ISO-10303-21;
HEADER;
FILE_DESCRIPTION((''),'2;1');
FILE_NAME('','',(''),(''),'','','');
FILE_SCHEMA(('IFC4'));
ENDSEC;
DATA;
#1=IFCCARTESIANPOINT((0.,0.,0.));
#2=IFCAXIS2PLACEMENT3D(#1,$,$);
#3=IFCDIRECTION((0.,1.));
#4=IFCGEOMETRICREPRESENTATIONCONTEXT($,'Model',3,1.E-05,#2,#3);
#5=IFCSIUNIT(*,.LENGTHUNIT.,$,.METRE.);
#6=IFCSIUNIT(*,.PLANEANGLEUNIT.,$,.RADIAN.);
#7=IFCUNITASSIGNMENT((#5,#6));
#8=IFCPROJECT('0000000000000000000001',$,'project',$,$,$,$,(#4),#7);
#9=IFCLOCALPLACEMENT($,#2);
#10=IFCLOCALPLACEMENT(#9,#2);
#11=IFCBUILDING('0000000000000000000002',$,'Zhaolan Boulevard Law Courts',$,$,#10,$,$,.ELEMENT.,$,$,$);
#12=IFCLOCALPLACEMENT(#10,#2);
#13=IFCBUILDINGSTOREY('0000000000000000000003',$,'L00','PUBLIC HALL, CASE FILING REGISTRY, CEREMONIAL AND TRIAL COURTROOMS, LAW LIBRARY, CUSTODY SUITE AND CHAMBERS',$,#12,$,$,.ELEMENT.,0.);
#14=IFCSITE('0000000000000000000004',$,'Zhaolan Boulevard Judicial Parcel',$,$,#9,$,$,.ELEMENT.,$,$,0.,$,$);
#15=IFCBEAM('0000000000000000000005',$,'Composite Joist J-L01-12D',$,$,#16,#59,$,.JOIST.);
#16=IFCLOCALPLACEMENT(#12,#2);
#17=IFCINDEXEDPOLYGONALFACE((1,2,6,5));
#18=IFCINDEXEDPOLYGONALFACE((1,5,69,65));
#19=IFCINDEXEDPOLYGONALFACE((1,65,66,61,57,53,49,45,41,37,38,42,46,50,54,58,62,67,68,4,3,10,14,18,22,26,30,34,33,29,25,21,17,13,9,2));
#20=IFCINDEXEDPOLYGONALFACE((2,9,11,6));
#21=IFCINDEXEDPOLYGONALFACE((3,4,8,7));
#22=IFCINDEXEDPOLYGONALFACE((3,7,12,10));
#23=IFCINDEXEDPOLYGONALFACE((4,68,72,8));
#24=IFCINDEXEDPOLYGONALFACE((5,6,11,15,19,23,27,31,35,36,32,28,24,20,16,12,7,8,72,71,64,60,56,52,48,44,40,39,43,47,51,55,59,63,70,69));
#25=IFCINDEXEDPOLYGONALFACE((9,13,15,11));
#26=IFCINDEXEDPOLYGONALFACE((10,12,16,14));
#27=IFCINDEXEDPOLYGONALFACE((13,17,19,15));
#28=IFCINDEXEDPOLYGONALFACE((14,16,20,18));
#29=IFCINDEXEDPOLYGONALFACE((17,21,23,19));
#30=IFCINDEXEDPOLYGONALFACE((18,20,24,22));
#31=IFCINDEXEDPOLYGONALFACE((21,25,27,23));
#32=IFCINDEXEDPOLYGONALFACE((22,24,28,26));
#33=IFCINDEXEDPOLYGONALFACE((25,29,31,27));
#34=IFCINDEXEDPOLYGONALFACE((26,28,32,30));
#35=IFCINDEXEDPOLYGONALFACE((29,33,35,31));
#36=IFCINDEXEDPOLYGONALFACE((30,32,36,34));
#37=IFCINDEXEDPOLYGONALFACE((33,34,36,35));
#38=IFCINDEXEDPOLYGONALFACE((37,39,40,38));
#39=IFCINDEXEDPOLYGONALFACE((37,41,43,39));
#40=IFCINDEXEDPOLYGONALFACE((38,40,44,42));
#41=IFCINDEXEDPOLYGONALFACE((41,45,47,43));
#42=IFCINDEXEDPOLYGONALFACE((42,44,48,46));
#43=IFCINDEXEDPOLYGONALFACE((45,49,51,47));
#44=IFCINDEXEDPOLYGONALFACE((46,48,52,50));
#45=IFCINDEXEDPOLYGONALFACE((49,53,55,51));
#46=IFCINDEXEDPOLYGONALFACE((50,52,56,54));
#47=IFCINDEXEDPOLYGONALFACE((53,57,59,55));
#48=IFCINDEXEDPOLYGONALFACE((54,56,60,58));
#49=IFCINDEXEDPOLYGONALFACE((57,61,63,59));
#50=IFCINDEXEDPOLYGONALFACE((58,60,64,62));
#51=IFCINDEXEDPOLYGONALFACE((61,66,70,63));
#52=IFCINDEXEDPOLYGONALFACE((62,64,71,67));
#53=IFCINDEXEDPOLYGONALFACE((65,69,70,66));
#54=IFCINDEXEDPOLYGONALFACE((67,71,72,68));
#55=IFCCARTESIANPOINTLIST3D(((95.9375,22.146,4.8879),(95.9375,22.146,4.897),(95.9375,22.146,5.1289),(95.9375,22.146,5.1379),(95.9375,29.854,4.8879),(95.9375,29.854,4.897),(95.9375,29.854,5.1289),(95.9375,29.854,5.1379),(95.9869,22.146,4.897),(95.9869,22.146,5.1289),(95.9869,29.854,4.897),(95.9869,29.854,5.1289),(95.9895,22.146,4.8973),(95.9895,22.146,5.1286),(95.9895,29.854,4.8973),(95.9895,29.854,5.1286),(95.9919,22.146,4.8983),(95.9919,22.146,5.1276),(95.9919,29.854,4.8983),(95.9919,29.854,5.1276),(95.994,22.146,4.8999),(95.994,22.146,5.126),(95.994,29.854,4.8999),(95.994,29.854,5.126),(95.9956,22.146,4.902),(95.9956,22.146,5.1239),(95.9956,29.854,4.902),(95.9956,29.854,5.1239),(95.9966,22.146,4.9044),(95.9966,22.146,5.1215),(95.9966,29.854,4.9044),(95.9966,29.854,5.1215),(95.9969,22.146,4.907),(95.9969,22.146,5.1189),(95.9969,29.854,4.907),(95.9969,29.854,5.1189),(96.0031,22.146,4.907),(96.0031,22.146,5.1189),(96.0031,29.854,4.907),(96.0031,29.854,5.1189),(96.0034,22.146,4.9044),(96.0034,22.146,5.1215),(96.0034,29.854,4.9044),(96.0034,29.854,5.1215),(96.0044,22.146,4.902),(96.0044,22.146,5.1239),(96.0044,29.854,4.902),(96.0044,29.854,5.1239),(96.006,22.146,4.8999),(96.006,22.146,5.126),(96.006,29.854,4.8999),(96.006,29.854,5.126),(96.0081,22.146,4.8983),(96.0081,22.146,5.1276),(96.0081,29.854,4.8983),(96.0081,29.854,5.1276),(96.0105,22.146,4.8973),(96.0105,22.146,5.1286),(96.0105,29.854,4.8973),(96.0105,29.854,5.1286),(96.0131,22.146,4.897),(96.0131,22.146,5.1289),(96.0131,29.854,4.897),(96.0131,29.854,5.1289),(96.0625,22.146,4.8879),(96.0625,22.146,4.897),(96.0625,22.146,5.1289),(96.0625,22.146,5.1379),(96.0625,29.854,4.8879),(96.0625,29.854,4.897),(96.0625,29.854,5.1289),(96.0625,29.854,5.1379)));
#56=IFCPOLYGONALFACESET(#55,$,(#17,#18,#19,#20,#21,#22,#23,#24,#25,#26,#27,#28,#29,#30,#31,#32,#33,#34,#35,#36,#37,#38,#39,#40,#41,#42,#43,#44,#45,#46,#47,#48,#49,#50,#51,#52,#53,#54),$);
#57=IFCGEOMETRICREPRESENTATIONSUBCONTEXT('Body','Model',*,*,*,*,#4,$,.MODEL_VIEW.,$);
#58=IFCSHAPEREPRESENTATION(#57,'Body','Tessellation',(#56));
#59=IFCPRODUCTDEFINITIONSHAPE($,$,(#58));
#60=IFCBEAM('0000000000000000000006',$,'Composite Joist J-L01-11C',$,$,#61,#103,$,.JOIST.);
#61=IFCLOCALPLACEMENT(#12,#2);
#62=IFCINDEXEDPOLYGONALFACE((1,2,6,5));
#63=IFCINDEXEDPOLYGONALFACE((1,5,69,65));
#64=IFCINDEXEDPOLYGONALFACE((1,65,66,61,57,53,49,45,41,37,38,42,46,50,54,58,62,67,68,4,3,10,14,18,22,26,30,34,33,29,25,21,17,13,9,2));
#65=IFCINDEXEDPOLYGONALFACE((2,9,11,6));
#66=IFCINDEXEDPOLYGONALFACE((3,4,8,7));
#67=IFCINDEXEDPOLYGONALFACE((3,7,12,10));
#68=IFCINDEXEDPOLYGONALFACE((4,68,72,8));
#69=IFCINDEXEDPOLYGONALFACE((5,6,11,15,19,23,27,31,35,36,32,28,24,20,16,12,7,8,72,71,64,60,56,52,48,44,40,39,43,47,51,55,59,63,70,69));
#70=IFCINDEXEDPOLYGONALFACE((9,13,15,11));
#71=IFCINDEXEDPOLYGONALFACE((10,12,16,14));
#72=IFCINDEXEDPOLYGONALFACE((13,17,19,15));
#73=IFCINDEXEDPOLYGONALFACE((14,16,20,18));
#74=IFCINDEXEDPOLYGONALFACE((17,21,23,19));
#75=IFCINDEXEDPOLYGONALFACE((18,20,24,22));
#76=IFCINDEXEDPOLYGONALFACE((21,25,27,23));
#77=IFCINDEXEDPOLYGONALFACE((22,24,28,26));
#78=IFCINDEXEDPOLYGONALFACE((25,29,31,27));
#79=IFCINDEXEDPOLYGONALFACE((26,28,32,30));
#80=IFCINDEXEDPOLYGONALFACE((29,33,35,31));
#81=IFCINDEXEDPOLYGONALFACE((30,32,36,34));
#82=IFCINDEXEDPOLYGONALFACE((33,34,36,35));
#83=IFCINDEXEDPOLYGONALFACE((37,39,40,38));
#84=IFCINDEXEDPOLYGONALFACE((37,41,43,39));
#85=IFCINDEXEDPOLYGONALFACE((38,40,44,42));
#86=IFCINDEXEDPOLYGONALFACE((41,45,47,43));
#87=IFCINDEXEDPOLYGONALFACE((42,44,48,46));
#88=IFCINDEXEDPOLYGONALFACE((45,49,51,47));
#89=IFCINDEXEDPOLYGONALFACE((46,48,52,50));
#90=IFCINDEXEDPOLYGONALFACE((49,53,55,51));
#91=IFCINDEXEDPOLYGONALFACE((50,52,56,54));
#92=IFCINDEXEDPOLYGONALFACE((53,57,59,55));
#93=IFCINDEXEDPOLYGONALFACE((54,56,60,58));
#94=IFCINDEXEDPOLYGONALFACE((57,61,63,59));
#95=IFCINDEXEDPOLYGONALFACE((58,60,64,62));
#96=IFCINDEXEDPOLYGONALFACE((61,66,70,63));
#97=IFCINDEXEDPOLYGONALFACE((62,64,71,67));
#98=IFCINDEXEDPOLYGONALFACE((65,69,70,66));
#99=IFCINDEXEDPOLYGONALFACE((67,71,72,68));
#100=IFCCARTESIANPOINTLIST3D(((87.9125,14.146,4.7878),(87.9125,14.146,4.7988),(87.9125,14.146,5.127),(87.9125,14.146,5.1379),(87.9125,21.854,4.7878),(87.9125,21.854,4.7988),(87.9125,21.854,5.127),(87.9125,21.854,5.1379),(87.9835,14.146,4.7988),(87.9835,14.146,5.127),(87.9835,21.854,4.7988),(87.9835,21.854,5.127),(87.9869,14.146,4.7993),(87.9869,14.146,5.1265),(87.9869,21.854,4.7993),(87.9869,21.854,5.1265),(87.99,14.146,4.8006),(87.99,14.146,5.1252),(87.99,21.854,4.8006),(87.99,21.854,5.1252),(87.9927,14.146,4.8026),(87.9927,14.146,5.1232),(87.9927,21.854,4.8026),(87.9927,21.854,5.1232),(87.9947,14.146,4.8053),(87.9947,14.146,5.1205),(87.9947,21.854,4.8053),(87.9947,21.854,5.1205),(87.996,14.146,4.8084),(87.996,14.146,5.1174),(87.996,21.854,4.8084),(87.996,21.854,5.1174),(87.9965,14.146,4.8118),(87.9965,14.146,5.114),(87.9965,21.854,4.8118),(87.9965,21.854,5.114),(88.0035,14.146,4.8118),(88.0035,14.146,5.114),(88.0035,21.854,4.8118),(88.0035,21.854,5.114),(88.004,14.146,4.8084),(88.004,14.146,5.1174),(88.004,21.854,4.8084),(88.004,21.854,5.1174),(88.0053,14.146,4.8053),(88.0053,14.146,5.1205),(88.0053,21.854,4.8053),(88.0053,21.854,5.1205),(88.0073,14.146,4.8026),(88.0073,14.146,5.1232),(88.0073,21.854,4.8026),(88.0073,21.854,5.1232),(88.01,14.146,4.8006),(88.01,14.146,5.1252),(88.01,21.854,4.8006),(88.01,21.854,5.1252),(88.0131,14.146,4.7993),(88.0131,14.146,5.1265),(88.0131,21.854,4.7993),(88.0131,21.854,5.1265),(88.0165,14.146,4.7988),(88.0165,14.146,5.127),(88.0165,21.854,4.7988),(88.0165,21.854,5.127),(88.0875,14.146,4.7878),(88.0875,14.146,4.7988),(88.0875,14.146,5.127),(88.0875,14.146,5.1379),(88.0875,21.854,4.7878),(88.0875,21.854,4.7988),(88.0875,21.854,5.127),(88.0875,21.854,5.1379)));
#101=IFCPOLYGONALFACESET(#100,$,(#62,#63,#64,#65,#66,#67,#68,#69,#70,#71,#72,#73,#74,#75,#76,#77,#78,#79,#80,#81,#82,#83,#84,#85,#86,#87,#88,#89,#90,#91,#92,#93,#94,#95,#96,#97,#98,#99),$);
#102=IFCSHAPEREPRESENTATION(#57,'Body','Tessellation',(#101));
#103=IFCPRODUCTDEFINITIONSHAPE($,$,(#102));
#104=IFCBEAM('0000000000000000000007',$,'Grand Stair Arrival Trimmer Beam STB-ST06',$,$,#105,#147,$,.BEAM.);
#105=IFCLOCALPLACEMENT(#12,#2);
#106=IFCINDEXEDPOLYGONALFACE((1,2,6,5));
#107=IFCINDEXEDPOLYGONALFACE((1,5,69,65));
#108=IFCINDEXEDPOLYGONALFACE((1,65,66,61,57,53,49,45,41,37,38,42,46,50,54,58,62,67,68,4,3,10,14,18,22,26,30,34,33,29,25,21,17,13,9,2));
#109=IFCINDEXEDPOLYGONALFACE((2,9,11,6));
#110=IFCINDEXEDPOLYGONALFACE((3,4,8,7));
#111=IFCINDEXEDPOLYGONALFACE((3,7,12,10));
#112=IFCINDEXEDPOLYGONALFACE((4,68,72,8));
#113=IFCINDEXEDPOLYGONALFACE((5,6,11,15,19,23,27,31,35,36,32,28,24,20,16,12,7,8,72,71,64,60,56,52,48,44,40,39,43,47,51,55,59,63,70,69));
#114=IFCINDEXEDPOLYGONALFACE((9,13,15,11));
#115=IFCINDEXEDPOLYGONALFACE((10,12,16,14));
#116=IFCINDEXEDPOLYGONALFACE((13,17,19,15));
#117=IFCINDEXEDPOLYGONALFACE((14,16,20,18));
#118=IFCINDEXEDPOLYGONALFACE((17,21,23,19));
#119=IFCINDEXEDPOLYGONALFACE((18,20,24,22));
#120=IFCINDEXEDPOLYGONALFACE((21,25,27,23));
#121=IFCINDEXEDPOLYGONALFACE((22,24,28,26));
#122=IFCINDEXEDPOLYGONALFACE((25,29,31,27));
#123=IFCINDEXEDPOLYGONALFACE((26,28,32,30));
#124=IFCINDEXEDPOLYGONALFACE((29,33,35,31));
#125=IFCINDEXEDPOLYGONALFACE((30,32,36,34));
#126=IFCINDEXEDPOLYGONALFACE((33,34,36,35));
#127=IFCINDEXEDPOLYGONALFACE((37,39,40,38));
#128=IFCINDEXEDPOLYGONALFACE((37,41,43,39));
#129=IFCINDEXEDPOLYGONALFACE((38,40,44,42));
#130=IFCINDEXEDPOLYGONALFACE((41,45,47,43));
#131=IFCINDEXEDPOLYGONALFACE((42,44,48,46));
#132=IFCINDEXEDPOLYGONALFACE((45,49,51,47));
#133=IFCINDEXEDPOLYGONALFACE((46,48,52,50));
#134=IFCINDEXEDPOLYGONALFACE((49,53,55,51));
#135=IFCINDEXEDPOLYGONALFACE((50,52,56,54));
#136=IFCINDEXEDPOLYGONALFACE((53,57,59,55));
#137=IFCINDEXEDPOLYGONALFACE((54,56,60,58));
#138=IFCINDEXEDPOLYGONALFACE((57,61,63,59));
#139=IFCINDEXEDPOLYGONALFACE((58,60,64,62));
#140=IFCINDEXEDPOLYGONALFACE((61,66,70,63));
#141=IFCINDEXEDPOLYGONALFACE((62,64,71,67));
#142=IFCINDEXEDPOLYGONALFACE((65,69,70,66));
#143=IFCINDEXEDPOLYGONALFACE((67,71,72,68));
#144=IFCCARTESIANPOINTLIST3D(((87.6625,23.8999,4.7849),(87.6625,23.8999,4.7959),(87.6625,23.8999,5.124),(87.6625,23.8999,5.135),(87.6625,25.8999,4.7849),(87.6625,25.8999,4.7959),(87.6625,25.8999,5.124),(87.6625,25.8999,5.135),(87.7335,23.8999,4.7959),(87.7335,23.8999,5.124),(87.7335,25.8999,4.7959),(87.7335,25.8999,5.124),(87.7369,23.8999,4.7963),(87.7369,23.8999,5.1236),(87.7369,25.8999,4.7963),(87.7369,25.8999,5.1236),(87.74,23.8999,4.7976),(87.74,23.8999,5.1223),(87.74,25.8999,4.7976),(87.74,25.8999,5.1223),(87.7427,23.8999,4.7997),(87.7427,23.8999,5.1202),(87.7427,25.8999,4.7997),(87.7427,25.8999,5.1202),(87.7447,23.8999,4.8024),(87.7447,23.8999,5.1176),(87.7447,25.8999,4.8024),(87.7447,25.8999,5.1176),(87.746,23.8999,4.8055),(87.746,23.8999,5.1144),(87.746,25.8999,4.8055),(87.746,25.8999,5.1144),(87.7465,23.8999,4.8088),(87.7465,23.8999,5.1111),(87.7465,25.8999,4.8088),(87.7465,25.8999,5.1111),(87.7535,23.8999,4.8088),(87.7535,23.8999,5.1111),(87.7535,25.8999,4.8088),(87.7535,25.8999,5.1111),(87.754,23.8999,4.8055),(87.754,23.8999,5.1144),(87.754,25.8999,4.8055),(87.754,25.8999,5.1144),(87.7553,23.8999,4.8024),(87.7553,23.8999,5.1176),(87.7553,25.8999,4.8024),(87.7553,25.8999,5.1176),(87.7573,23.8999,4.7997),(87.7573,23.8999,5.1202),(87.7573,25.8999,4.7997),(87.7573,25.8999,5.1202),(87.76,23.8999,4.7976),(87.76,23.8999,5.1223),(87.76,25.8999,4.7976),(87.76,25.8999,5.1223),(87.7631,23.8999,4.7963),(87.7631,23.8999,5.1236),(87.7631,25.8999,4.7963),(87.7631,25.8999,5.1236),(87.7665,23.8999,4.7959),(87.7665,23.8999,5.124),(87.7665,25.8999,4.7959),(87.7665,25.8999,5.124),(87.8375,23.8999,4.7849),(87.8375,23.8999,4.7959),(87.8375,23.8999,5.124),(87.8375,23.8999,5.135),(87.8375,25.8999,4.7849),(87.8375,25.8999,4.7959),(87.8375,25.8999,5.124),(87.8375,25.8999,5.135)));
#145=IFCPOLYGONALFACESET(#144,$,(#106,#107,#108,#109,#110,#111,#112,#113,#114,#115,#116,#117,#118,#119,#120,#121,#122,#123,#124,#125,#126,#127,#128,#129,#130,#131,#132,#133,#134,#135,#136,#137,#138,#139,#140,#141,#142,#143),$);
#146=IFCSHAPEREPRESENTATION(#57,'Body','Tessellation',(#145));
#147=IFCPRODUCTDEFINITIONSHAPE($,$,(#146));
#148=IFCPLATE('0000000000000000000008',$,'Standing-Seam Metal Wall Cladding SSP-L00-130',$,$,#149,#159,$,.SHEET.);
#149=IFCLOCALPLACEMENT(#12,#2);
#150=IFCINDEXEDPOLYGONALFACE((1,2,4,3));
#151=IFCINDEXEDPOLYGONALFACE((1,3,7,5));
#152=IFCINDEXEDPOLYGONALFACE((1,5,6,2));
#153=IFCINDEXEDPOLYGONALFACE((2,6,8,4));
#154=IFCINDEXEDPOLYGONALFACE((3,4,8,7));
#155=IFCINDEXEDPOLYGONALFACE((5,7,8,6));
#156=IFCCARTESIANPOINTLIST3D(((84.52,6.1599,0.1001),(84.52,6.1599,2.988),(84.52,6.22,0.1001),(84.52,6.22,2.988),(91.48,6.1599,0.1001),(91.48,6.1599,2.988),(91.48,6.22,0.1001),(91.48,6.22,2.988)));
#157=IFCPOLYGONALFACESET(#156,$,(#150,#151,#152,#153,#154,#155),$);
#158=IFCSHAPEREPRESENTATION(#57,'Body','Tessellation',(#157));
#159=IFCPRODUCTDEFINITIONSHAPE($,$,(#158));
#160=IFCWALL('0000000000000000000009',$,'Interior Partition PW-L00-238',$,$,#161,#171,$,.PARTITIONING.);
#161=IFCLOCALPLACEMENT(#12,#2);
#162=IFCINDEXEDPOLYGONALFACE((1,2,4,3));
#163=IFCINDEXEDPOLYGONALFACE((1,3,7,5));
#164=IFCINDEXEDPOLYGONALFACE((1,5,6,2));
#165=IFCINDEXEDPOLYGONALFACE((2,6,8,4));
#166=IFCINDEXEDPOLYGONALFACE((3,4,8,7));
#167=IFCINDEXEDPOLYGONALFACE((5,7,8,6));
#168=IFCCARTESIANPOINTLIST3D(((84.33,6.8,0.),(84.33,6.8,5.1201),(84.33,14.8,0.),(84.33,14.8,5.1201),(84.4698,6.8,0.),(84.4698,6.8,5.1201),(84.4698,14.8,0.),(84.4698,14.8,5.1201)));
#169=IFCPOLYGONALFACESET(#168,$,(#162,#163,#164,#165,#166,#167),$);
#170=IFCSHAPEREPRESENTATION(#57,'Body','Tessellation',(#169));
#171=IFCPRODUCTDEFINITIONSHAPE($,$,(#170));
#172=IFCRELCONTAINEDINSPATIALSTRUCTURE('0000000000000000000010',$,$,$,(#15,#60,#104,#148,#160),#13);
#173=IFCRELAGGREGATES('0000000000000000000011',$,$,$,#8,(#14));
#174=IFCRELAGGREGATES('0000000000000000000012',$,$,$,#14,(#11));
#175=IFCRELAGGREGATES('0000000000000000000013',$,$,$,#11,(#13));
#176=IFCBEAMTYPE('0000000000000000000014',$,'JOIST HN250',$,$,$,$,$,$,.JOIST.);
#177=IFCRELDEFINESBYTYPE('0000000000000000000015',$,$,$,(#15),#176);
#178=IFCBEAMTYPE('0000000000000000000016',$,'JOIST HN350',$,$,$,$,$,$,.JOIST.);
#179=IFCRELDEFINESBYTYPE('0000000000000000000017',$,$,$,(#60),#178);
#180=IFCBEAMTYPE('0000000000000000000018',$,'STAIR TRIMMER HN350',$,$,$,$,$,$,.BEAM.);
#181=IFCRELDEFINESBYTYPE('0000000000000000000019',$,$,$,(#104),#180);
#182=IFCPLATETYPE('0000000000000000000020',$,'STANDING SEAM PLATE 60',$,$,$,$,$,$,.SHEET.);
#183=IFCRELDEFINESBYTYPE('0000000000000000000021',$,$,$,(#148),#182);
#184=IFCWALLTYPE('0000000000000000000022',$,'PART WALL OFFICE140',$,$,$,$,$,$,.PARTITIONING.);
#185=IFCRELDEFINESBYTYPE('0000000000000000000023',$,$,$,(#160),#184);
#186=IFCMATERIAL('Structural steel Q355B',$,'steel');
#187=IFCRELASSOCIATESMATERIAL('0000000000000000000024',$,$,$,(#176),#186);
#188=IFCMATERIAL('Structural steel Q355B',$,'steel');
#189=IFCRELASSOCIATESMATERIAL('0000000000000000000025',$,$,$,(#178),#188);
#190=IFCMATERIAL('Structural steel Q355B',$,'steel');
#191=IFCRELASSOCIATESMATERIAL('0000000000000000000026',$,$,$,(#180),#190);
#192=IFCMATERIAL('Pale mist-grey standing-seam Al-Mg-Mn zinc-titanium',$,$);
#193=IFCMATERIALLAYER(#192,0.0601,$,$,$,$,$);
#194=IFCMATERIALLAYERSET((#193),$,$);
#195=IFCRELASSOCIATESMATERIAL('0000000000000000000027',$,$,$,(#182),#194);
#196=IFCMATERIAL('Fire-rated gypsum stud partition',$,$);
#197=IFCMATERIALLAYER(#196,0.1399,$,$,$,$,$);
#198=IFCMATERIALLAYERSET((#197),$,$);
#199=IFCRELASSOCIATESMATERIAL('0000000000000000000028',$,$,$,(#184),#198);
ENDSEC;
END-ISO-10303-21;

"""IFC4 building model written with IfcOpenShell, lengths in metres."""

from ifc_helpers import new_model, si_unit, direction, frame, frame_2d, origin, origin_2d, place, context, subcontext, project, spatial, rectangle, i_section, extrude, material, layer, layer_set, material_profile, profile_set, type_object, element, save


model = new_model("IFC4")

# Units and contexts
model_context = context("Model", 3, precision=1e-05, world=origin(), true_north=direction((0.0, 1.0)))
body_context = subcontext(model_context, "Body", "Model", "MODEL_VIEW")
ifc_project = project(units=[si_unit("LENGTHUNIT", "METRE"), si_unit("PLANEANGLEUNIT", "RADIAN")], contexts=[model_context])

# Site, building, storey
site_placement = place(None, origin())
site = spatial("IfcSite", under=ifc_project, at=site_placement, Name="Zhaolan Boulevard Judicial Parcel", CompositionType="ELEMENT", RefElevation=0.0)
building_placement = place(site_placement, origin())
building = spatial("IfcBuilding", under=site, at=building_placement, Name="Zhaolan Boulevard Law Courts", CompositionType="ELEMENT")
storey_placement = place(building_placement, origin())
storey = spatial("IfcBuildingStorey", under=building, at=storey_placement, Name="L00", Description="PUBLIC HALL, CASE FILING REGISTRY, CEREMONIAL AND TRIAL COURTROOMS, LAW LIBRARY, CUSTODY SUITE AND CHAMBERS", CompositionType="ELEMENT", Elevation=0.0)

# Beams
ifc_material_1 = material(Name="Structural steel Q355B", Category="steel")
ifc_material_profile_1 = material_profile(ifc_material_1, i_section(OverallWidth=0.125, OverallDepth=0.25, WebThickness=0.0061, FlangeThickness=0.009, FilletRadius=0.01, at=origin_2d()), Name="HN250x125")
ifc_profile_set_1 = profile_set([ifc_material_profile_1], Name="Structural steel Q355B")
beam_type_1 = type_object("IfcBeamType", Name="JOIST HN250", PredefinedType="JOIST", material=ifc_profile_set_1)
beam_1_placement = place(storey_placement, frame((96.0, 22.146, 5.0129), z_axis=(0.0, 1.0, 0.0), x_axis=(-1.0, 0.0, 0.0)))
element("IfcBeam", 1, at=beam_1_placement, inside=storey, type_object=beam_type_1, Name="Composite Joist J-L01-12D", PredefinedType="JOIST", context=body_context, shape_type="SweptSolid", body=[
    extrude(i_section(OverallWidth=0.125, OverallDepth=0.25, WebThickness=0.0061, FlangeThickness=0.009, FilletRadius=0.01, at=origin_2d()), origin(), (0.0, 0.0, 1.0), 7.708),
])
ifc_material_2 = material(Name="Structural steel Q355B", Category="steel")
ifc_material_profile_2 = material_profile(ifc_material_2, i_section(OverallWidth=0.175, OverallDepth=0.3501, WebThickness=0.0071, FlangeThickness=0.011, FilletRadius=0.0129, at=origin_2d()), Name="HN350x175")
ifc_profile_set_2 = profile_set([ifc_material_profile_2], Name="Structural steel Q355B")
beam_type_2 = type_object("IfcBeamType", Name="JOIST HN350", PredefinedType="JOIST", material=ifc_profile_set_2)
beam_2_placement = place(storey_placement, frame((88.0, 14.146, 4.9629), z_axis=(0.0, 1.0, 0.0), x_axis=(-1.0, 0.0, 0.0)))
element("IfcBeam", 2, at=beam_2_placement, inside=storey, type_object=beam_type_2, Name="Composite Joist J-L01-11C", PredefinedType="JOIST", context=body_context, shape_type="SweptSolid", body=[
    extrude(i_section(OverallWidth=0.175, OverallDepth=0.3501, WebThickness=0.0071, FlangeThickness=0.011, FilletRadius=0.0129, at=origin_2d()), origin(), (0.0, 0.0, 1.0), 7.708),
])
ifc_material_3 = material(Name="Structural steel Q355B", Category="steel")
ifc_material_profile_3 = material_profile(ifc_material_3, i_section(OverallWidth=0.175, OverallDepth=0.3501, WebThickness=0.0071, FlangeThickness=0.011, FilletRadius=0.0129, at=origin_2d()), Name="HN350x175")
ifc_profile_set_3 = profile_set([ifc_material_profile_3], Name="Structural steel Q355B")
beam_type_3 = type_object("IfcBeamType", Name="STAIR TRIMMER HN350", PredefinedType="BEAM", material=ifc_profile_set_3)
beam_3_placement = place(storey_placement, frame((87.75, 23.8999, 4.96), z_axis=(0.0, 1.0, 0.0), x_axis=(-1.0, 0.0, 0.0)))
element("IfcBeam", 3, at=beam_3_placement, inside=storey, type_object=beam_type_3, Name="Grand Stair Arrival Trimmer Beam STB-ST06", PredefinedType="BEAM", context=body_context, shape_type="SweptSolid", body=[
    extrude(i_section(OverallWidth=0.175, OverallDepth=0.3501, WebThickness=0.0071, FlangeThickness=0.011, FilletRadius=0.0129, at=origin_2d()), origin(), (0.0, 0.0, 1.0), 2.0),
])

# Plate
ifc_material_4 = material(Name="Pale mist-grey standing-seam Al-Mg-Mn zinc-titanium")
ifc_layer_1 = layer(ifc_material_4, 0.0601)
ifc_layer_set_1 = layer_set([ifc_layer_1])
plate_type = type_object("IfcPlateType", Name="STANDING SEAM PLATE 60", PredefinedType="SHEET", material=ifc_layer_set_1)
plate_placement = place(storey_placement, frame((88.0, 6.1899, 0.1001), z_axis=(0.0, 0.0, 1.0), x_axis=(1.0, 0.0, 0.0)))
element("IfcPlate", 4, at=plate_placement, inside=storey, type_object=plate_type, Name="Standing-Seam Metal Wall Cladding SSP-L00-130", PredefinedType="SHEET", context=body_context, shape_type="SweptSolid", body=[
    extrude(rectangle(XDim=6.96, YDim=0.0601, at=origin_2d()), origin(), (0.0, 0.0, 1.0), 2.8879),
])

# Wall
ifc_material_5 = material(Name="Fire-rated gypsum stud partition")
ifc_layer_2 = layer(ifc_material_5, 0.1399)
ifc_layer_set_2 = layer_set([ifc_layer_2])
wall_type = type_object("IfcWallType", Name="PART WALL OFFICE140", PredefinedType="PARTITIONING", material=ifc_layer_set_2)
wall_1_placement = place(storey_placement, frame((84.3999, 14.8, 0.0), z_axis=(0.0, 0.0, 1.0), x_axis=(0.0, -1.0, 0.0)))
element("IfcWall", 5, at=wall_1_placement, inside=storey, type_object=wall_type, Name="Interior Partition PW-L00-238", PredefinedType="PARTITIONING", context=body_context, shape_type="SweptSolid", body=[
    extrude(rectangle(XDim=8.0, YDim=0.1399, at=frame_2d((4.0, 0.0))), origin(), (0.0, 0.0, 1.0), 5.1201),
])

save(model, "model.ifc")
